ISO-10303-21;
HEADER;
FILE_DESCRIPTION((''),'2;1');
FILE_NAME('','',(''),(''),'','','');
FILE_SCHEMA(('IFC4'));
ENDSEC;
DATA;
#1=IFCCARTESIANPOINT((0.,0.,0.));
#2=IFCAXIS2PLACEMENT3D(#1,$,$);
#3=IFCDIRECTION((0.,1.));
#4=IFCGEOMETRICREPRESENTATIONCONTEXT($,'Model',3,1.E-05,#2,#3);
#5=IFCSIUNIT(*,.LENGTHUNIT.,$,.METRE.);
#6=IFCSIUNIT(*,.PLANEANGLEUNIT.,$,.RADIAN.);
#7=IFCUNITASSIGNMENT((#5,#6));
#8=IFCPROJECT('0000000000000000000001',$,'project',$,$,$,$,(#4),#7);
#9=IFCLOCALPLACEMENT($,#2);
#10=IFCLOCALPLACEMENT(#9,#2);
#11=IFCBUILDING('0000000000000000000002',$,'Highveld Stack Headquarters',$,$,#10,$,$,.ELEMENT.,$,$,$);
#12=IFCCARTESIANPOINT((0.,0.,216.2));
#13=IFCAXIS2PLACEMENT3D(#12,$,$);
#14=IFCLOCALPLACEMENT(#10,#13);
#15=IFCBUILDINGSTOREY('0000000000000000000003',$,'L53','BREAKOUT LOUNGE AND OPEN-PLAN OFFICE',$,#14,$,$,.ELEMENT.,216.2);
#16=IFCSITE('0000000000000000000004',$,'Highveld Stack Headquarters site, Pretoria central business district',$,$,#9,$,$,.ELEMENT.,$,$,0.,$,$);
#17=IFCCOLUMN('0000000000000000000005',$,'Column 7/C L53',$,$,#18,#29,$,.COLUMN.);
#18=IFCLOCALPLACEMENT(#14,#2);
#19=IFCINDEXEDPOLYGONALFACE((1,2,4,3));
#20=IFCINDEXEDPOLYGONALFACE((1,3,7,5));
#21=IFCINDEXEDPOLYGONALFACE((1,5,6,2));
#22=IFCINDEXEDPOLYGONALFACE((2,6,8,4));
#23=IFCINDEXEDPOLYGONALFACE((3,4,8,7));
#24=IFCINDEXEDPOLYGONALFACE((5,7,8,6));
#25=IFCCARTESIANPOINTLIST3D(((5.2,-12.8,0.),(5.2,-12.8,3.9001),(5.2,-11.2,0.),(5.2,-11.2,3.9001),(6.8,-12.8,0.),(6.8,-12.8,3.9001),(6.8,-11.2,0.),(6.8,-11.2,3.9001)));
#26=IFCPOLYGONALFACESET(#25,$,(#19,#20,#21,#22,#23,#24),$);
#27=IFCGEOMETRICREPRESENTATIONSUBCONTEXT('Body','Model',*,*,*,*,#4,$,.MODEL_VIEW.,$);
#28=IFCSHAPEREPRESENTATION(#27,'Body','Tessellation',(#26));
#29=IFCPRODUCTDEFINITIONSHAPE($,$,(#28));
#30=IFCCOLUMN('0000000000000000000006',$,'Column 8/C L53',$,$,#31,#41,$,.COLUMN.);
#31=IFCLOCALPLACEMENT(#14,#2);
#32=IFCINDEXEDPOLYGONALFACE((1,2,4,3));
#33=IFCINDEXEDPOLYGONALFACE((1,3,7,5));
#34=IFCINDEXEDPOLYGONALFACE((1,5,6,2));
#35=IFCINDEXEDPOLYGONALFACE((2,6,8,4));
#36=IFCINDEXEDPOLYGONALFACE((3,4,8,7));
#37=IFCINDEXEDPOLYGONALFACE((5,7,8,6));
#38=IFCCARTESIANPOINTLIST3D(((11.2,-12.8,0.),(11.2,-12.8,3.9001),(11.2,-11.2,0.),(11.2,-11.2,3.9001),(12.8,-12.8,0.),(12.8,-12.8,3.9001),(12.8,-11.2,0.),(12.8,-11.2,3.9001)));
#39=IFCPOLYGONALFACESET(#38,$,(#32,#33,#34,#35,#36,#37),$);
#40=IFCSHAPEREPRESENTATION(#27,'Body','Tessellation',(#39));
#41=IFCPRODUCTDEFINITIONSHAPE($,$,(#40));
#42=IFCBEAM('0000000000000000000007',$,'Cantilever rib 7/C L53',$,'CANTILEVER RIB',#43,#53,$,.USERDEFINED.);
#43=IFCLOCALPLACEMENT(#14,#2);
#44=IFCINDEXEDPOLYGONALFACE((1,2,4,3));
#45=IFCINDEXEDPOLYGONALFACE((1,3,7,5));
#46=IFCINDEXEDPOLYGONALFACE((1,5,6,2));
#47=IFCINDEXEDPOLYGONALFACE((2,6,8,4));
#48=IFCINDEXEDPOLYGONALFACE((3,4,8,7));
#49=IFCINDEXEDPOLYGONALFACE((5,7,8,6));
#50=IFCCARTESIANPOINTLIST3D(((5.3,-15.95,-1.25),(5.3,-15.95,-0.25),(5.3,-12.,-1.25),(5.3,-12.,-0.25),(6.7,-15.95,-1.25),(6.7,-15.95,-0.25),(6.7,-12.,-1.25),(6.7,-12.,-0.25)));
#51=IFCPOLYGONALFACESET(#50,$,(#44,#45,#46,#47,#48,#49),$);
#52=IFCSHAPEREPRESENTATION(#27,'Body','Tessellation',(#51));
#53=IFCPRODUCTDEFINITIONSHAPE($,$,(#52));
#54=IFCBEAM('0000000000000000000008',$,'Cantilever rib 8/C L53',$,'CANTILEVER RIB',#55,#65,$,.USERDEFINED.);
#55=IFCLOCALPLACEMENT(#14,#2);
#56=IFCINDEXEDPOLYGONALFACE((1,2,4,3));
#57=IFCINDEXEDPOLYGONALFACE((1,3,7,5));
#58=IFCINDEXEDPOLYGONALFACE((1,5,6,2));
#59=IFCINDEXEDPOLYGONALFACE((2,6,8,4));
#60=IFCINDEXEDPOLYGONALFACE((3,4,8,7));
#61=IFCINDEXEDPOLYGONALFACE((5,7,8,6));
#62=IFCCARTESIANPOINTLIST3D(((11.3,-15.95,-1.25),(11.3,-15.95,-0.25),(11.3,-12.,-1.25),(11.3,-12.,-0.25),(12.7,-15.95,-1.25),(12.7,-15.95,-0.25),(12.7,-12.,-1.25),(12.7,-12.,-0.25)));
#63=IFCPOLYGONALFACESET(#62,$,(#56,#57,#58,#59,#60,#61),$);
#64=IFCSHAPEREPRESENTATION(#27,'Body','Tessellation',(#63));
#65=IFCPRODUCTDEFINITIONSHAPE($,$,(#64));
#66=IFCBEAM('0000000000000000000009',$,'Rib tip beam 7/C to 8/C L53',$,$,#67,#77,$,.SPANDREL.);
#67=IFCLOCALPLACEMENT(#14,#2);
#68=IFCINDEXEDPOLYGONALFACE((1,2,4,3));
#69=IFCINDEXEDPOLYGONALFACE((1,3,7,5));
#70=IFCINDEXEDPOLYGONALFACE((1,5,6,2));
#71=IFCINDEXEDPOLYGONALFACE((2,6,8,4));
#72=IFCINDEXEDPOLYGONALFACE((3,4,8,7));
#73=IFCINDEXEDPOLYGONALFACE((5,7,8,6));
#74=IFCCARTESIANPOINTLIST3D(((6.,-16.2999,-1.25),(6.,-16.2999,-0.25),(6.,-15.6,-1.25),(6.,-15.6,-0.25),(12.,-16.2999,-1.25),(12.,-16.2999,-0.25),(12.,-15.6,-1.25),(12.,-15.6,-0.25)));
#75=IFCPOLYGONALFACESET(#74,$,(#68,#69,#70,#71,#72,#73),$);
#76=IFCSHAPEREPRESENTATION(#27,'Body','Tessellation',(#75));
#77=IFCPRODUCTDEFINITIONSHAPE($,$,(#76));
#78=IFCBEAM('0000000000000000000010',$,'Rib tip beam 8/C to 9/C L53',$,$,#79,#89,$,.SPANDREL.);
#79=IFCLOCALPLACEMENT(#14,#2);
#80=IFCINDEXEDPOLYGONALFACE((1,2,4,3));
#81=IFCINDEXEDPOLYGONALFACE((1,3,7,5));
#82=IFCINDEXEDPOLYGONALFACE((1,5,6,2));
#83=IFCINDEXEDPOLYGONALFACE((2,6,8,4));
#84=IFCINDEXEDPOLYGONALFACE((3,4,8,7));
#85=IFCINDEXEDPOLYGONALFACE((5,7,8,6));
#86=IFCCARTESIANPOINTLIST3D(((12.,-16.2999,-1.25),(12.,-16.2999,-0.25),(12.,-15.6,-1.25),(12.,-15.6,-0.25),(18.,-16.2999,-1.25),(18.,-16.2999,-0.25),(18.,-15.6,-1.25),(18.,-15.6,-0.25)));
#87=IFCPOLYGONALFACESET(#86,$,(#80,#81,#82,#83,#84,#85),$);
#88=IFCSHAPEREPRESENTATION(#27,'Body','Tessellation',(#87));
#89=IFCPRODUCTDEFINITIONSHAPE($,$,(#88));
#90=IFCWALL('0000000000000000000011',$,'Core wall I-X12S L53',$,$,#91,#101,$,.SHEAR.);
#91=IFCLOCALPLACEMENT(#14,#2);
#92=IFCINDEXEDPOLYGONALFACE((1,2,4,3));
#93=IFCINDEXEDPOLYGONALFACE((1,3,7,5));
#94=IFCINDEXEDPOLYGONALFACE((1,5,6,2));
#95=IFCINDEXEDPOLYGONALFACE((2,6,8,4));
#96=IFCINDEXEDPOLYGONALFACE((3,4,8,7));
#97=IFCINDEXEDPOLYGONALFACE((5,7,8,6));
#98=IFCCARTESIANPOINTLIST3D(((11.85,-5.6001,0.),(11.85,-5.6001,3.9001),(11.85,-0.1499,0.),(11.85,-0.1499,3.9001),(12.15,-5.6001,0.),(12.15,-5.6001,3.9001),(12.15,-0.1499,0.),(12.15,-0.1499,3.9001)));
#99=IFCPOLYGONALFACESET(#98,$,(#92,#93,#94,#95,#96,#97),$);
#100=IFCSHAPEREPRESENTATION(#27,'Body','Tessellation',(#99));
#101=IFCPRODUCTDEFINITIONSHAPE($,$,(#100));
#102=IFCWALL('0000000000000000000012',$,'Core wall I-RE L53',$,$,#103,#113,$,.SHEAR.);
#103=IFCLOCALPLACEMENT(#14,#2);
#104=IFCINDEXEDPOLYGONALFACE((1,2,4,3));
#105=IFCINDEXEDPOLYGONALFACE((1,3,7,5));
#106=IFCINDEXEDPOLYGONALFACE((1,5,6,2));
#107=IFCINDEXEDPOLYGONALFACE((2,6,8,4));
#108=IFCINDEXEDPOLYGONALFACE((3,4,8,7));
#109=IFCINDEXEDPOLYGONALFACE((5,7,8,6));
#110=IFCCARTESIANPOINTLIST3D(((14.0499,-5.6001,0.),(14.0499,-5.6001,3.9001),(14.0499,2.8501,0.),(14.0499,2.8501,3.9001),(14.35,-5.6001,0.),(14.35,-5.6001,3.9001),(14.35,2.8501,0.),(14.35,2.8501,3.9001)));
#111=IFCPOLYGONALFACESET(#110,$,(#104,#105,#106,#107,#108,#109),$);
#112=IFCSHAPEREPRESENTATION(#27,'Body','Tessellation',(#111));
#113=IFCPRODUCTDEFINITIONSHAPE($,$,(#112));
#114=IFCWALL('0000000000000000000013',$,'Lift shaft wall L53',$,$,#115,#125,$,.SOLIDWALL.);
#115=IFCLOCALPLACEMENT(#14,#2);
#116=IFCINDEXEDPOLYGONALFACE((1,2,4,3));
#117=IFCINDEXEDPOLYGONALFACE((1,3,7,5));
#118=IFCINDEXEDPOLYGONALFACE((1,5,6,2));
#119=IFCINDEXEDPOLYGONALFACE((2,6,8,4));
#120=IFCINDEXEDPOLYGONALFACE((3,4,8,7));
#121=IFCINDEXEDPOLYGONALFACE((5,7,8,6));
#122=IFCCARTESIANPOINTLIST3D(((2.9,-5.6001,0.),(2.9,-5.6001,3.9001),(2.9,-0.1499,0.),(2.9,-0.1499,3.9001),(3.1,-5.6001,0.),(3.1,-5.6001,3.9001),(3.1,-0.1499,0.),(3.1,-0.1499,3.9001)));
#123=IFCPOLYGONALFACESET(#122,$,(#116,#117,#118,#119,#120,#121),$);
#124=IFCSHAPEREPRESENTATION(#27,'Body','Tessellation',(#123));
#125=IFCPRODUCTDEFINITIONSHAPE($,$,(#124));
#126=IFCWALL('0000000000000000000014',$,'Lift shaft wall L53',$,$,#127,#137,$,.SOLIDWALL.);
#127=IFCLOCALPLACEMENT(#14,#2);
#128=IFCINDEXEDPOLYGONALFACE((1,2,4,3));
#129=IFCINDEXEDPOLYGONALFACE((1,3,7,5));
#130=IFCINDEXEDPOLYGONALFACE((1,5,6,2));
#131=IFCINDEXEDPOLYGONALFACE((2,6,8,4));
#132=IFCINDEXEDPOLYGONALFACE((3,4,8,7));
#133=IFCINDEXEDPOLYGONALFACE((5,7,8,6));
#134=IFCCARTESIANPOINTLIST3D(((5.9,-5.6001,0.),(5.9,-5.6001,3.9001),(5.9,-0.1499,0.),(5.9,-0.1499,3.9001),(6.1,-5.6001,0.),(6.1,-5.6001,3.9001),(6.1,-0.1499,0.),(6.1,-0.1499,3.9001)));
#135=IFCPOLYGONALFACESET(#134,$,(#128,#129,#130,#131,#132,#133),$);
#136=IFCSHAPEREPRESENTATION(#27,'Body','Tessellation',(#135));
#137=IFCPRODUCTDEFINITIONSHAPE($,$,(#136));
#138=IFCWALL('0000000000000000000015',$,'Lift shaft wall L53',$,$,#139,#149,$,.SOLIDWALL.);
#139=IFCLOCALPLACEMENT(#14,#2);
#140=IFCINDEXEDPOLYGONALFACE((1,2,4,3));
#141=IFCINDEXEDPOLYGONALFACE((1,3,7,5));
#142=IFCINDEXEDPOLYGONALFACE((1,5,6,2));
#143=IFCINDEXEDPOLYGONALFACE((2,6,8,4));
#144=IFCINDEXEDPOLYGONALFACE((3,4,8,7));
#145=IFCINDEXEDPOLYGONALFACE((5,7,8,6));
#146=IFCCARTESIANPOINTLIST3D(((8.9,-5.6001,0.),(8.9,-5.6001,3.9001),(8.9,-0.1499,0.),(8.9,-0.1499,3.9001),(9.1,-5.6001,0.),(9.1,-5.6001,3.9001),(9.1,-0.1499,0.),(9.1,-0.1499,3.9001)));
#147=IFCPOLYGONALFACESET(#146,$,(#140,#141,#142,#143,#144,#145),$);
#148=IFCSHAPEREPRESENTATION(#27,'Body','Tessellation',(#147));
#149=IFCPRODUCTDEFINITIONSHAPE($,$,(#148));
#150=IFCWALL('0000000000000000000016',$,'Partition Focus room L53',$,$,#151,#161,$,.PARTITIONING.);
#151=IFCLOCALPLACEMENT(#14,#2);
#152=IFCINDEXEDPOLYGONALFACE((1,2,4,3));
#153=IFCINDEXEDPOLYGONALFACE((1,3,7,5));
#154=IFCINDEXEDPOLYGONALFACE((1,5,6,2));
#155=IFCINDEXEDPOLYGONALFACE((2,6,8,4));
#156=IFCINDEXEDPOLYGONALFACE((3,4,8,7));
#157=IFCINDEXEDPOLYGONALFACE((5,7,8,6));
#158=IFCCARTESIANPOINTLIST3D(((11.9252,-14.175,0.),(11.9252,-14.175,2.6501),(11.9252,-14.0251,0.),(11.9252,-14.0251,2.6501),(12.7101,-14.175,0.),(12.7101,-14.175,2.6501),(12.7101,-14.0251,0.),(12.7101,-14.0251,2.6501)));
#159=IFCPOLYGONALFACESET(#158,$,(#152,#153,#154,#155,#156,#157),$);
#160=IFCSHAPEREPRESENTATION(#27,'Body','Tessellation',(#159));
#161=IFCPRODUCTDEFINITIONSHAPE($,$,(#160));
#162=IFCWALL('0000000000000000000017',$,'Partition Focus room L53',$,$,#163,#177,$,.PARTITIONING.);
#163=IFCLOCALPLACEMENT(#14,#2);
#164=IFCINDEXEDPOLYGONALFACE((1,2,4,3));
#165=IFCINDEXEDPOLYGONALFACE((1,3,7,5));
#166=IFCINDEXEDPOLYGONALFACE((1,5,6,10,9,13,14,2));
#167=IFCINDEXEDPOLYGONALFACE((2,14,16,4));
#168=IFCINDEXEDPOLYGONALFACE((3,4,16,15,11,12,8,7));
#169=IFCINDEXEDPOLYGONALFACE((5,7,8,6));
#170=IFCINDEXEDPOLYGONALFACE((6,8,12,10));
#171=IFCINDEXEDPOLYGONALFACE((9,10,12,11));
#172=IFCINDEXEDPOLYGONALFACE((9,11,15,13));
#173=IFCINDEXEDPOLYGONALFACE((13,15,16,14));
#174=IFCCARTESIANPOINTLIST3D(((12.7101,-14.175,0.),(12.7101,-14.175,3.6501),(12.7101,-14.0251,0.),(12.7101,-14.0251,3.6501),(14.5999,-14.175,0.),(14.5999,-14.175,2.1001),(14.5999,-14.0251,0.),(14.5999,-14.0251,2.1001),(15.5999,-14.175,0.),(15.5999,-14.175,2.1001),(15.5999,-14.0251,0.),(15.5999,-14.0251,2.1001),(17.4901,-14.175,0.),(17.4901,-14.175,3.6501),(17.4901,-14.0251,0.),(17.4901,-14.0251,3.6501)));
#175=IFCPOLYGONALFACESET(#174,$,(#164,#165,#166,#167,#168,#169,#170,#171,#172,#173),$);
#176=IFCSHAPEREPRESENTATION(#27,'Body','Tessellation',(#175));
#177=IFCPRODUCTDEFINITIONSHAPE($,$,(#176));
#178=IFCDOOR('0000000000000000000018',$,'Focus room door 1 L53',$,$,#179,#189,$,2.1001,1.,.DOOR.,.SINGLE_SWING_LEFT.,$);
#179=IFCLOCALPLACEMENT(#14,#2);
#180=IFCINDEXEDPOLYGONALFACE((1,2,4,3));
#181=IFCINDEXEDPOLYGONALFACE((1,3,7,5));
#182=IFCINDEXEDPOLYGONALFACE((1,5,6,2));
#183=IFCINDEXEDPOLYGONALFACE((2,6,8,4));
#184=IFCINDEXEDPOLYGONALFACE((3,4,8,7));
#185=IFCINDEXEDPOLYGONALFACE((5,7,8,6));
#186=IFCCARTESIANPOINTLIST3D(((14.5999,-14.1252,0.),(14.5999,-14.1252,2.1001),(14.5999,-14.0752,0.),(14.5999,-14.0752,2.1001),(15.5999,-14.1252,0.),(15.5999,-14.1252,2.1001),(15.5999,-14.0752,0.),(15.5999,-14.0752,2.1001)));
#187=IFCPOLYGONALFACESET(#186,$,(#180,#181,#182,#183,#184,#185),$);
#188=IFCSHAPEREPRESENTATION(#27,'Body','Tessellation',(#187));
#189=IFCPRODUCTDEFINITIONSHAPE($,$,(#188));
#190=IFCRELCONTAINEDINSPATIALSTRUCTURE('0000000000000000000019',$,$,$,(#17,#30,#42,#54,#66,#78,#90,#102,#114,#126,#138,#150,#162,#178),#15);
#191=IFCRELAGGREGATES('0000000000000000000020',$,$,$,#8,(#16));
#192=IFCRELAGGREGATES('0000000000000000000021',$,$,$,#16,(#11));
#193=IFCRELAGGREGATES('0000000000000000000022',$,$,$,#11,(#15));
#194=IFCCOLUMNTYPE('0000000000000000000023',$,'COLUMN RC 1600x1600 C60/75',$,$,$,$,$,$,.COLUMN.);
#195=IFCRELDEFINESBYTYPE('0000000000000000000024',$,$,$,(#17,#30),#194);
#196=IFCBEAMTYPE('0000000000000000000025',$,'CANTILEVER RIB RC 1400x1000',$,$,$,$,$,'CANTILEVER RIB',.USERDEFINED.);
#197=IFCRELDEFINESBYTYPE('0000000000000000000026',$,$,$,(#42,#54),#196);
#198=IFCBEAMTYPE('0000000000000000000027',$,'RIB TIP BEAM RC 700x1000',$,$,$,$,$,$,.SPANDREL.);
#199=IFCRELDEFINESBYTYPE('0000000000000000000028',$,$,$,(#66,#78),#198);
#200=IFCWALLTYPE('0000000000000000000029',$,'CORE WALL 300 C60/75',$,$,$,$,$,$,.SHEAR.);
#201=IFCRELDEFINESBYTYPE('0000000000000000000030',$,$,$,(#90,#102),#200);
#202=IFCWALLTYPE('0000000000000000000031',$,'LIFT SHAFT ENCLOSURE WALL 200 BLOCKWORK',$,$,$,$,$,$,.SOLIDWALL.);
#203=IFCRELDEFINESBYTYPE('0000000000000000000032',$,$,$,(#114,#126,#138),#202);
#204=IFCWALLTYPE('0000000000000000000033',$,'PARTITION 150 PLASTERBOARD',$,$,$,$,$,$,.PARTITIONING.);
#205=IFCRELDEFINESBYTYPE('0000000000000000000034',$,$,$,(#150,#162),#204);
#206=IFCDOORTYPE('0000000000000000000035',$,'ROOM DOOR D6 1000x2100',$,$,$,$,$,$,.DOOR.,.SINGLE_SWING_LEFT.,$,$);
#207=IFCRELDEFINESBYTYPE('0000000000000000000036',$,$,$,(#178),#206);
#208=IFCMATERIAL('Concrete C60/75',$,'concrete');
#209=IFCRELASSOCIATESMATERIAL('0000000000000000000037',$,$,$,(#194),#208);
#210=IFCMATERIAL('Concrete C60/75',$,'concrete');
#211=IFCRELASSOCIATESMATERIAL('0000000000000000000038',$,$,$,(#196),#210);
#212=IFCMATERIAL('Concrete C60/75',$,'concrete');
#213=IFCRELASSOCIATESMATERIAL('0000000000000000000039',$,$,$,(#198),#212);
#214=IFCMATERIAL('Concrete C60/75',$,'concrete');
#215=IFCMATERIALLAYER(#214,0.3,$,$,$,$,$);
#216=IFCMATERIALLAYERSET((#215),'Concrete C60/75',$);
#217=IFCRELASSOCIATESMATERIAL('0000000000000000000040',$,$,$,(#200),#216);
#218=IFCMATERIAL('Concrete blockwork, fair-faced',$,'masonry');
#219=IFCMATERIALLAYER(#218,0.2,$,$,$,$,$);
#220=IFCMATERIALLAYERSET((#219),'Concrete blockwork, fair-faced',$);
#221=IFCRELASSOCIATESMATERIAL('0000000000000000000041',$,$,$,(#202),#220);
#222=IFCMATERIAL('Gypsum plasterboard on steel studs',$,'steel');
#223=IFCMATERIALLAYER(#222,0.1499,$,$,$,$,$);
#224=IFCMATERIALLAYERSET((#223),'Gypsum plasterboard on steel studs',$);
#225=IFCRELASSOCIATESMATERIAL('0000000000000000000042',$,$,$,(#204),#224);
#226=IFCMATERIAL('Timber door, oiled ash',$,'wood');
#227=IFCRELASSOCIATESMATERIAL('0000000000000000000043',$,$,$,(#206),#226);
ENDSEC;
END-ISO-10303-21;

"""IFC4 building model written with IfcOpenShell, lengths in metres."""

from ifc_helpers import new_model, si_unit, direction, frame, frame_2d, origin, origin_2d, place, context, subcontext, project, spatial, rectangle, extrude, material, layer, layer_set, material_profile, profile_set, type_object, element, fill, save


model = new_model("IFC4")

# Units and contexts
model_context = context("Model", 3, precision=1e-05, world=origin(), true_north=direction((0.0, 1.0)))
body_context = subcontext(model_context, "Body", "Model", "MODEL_VIEW")
ifc_project = project(units=[si_unit("LENGTHUNIT", "METRE"), si_unit("PLANEANGLEUNIT", "RADIAN")], contexts=[model_context])

# Site, building, storey
site_placement = place(None, origin())
site = spatial("IfcSite", under=ifc_project, at=site_placement, Name="Highveld Stack Headquarters site, Pretoria central business district", CompositionType="ELEMENT", RefElevation=0.0)
building_placement = place(site_placement, origin())
building = spatial("IfcBuilding", under=site, at=building_placement, Name="Highveld Stack Headquarters", CompositionType="ELEMENT")
storey_placement = place(building_placement, frame((0.0, 0.0, 216.2)))
storey = spatial("IfcBuildingStorey", under=building, at=storey_placement, Name="L53", Description="BREAKOUT LOUNGE AND OPEN-PLAN OFFICE", CompositionType="ELEMENT", Elevation=216.2)

# Columns
ifc_material_1 = material(Name="Concrete C60/75", Category="concrete")
ifc_material_profile_1 = material_profile(ifc_material_1, rectangle(XDim=1.6001, YDim=1.6001, at=origin_2d()), Name="RC 1600x1600")
ifc_profile_set_1 = profile_set([ifc_material_profile_1], Name="Concrete C60/75")
column_type = type_object("IfcColumnType", Name="COLUMN RC 1600x1600 C60/75", PredefinedType="COLUMN", material=ifc_profile_set_1)
for number, where, z_axis, x_axis, name in (
    (1, (6.0, -12.0, 0.0), (0.0, 0.0, 1.0), (1.0, 0.0, 0.0), "Column 7/C L53"),
    (2, (12.0, -12.0, 0.0), (0.0, 0.0, 1.0), (1.0, 0.0, 0.0), "Column 8/C L53"),
):
    element("IfcColumn", number, at=place(storey_placement, frame(where, z_axis=z_axis, x_axis=x_axis)), inside=storey, type_object=column_type, Name=name, PredefinedType="COLUMN", context=body_context, shape_type="SweptSolid", body=[
        extrude(rectangle(XDim=1.6001, YDim=1.6001, at=origin_2d()), origin(), (0.0, 0.0, 1.0), 3.9001),
    ])

# Beams
ifc_material_2 = material(Name="Concrete C60/75", Category="concrete")
ifc_material_profile_2 = material_profile(ifc_material_2, rectangle(XDim=1.3999, YDim=1.0, at=origin_2d()), Name="RC 1400x1000")
ifc_profile_set_2 = profile_set([ifc_material_profile_2], Name="Concrete C60/75")
beam_type_1 = type_object("IfcBeamType", Name="CANTILEVER RIB RC 1400x1000", ElementType="CANTILEVER RIB", PredefinedType="USERDEFINED", material=ifc_profile_set_2)
for number, where, z_axis, x_axis, name in (
    (3, (6.0, -12.0, -0.75), (0.0, -1.0, 0.0), (1.0, 0.0, 0.0), "Cantilever rib 7/C L53"),
    (4, (12.0, -12.0, -0.75), (0.0, -1.0, 0.0), (1.0, 0.0, 0.0), "Cantilever rib 8/C L53"),
):
    element("IfcBeam", number, at=place(storey_placement, frame(where, z_axis=z_axis, x_axis=x_axis)), inside=storey, type_object=beam_type_1, Name=name, ObjectType="CANTILEVER RIB", PredefinedType="USERDEFINED", context=body_context, shape_type="SweptSolid", body=[
        extrude(rectangle(XDim=1.3999, YDim=1.0, at=origin_2d()), origin(), (0.0, 0.0, 1.0), 3.95),
    ])
ifc_material_3 = material(Name="Concrete C60/75", Category="concrete")
ifc_material_profile_3 = material_profile(ifc_material_3, rectangle(XDim=0.7, YDim=1.0, at=origin_2d()), Name="RC 700x1000")
ifc_profile_set_3 = profile_set([ifc_material_profile_3], Name="Concrete C60/75")
beam_type_2 = type_object("IfcBeamType", Name="RIB TIP BEAM RC 700x1000", PredefinedType="SPANDREL", material=ifc_profile_set_3)
for number, where, z_axis, x_axis, name in (
    (5, (6.0, -15.95, -0.75), (1.0, 0.0, 0.0), (0.0, 1.0, 0.0), "Rib tip beam 7/C to 8/C L53"),
    (6, (12.0, -15.95, -0.75), (1.0, 0.0, 0.0), (0.0, 1.0, 0.0), "Rib tip beam 8/C to 9/C L53"),
):
    element("IfcBeam", number, at=place(storey_placement, frame(where, z_axis=z_axis, x_axis=x_axis)), inside=storey, type_object=beam_type_2, Name=name, PredefinedType="SPANDREL", context=body_context, shape_type="SweptSolid", body=[
        extrude(rectangle(XDim=0.7, YDim=1.0, at=origin_2d()), origin(), (0.0, 0.0, 1.0), 6.0),
    ])

# Walls
ifc_material_4 = material(Name="Concrete C60/75", Category="concrete")
ifc_layer_1 = layer(ifc_material_4, 0.3)
ifc_layer_set_1 = layer_set([ifc_layer_1], Name="Concrete C60/75")
wall_type_1 = type_object("IfcWallType", Name="CORE WALL 300 C60/75", PredefinedType="SHEAR", material=ifc_layer_set_1)
wall_1_placement = place(storey_placement, frame((12.0, -5.6001, 0.0), z_axis=(0.0, 0.0, 1.0), x_axis=(0.0, 1.0, 0.0)))
element("IfcWall", 7, at=wall_1_placement, inside=storey, type_object=wall_type_1, Name="Core wall I-X12S L53", PredefinedType="SHEAR", context=body_context, shape_type="SweptSolid", body=[
    extrude(rectangle(XDim=5.4502, YDim=0.3, at=frame_2d((2.7251, 0.0))), origin(), (0.0, 0.0, 1.0), 3.9001),
])
wall_2_placement = place(storey_placement, frame((14.2, -5.6001, 0.0), z_axis=(0.0, 0.0, 1.0), x_axis=(0.0, 1.0, 0.0)))
element("IfcWall", 8, at=wall_2_placement, inside=storey, type_object=wall_type_1, Name="Core wall I-RE L53", PredefinedType="SHEAR", context=body_context, shape_type="SweptSolid", body=[
    extrude(rectangle(XDim=8.4502, YDim=0.3, at=frame_2d((4.2251, 0.0))), origin(), (0.0, 0.0, 1.0), 3.9001),
])
ifc_material_5 = material(Name="Concrete blockwork, fair-faced", Category="masonry")
ifc_layer_2 = layer(ifc_material_5, 0.2)
ifc_layer_set_2 = layer_set([ifc_layer_2], Name="Concrete blockwork, fair-faced")
wall_type_2 = type_object("IfcWallType", Name="LIFT SHAFT ENCLOSURE WALL 200 BLOCKWORK", PredefinedType="SOLIDWALL", material=ifc_layer_set_2)
for number, where, z_axis, x_axis, name in (
    (9, (3.0, -5.6001, 0.0), (0.0, 0.0, 1.0), (0.0, 1.0, 0.0), "Lift shaft wall L53"),
    (10, (6.0, -5.6001, 0.0), (0.0, 0.0, 1.0), (0.0, 1.0, 0.0), "Lift shaft wall L53"),
    (11, (9.0, -5.6001, 0.0), (0.0, 0.0, 1.0), (0.0, 1.0, 0.0), "Lift shaft wall L53"),
):
    element("IfcWall", number, at=place(storey_placement, frame(where, z_axis=z_axis, x_axis=x_axis)), inside=storey, type_object=wall_type_2, Name=name, PredefinedType="SOLIDWALL", context=body_context, shape_type="SweptSolid", body=[
        extrude(rectangle(XDim=5.4502, YDim=0.2, at=frame_2d((2.7251, 0.0))), origin(), (0.0, 0.0, 1.0), 3.9001),
    ])
ifc_material_6 = material(Name="Gypsum plasterboard on steel studs", Category="steel")
ifc_layer_3 = layer(ifc_material_6, 0.1499)
ifc_layer_set_3 = layer_set([ifc_layer_3], Name="Gypsum plasterboard on steel studs")
wall_type_3 = type_object("IfcWallType", Name="PARTITION 150 PLASTERBOARD", PredefinedType="PARTITIONING", material=ifc_layer_set_3)
wall_3_placement = place(storey_placement, frame((11.925, -14.1001, 0.0), z_axis=(0.0, 0.0, 1.0), x_axis=(1.0, 0.0, 0.0)))
element("IfcWall", 12, at=wall_3_placement, inside=storey, type_object=wall_type_3, Name="Partition Focus room L53", PredefinedType="PARTITIONING", context=body_context, shape_type="SweptSolid", body=[
    extrude(rectangle(XDim=0.7849, YDim=0.1499, at=frame_2d((0.3926, 0.0))), origin(), (0.0, 0.0, 1.0), 2.6501),
])

# Wall, opening, door
wall_4_placement = place(storey_placement, frame((12.71, -14.1001, 0.0), z_axis=(0.0, 0.0, 1.0), x_axis=(1.0, 0.0, 0.0)))
wall_4 = element("IfcWall", 13, at=wall_4_placement, inside=storey, type_object=wall_type_3, Name="Partition Focus room L53", PredefinedType="PARTITIONING", context=body_context, shape_type="SweptSolid", body=[
    extrude(rectangle(XDim=4.78, YDim=0.1499, at=frame_2d((2.3901, 0.0))), origin(), (0.0, 0.0, 1.0), 3.6501),
])
opening_1_placement = place(wall_4_placement, frame((1.8899, 0.0, 0.0)))
opening_1 = element("IfcOpeningElement", 14, at=opening_1_placement, cuts=wall_4, PredefinedType="OPENING", context=body_context, shape_type="SweptSolid", body=[
    extrude(rectangle(XDim=1.0, YDim=2.1001, at=frame_2d((0.5, 1.05))), frame((0.0, 0.085, 0.0), z_axis=(0.0, -1.0, 0.0), x_axis=(1.0, 0.0, 0.0)), (0.0, 0.0, 1.0), 0.1699),
])
ifc_material_7 = material(Name="Timber door, oiled ash", Category="wood")
door_type = type_object("IfcDoorType", Name="ROOM DOOR D6 1000x2100", OperationType="SINGLE_SWING_LEFT", PredefinedType="DOOR", material=ifc_material_7)
door_1_placement = place(opening_1_placement, origin())
door_1 = element("IfcDoor", 15, at=door_1_placement, inside=storey, type_object=door_type, Name="Focus room door 1 L53", OperationType="SINGLE_SWING_LEFT", OverallHeight=2.1001, OverallWidth=1.0, PredefinedType="DOOR", context=body_context, shape_type="SweptSolid", body=[
    extrude(rectangle(XDim=1.0, YDim=2.1001, at=frame_2d((0.5, 1.05))), frame((0.0, 0.0249, 0.0), z_axis=(0.0, -1.0, 0.0), x_axis=(1.0, 0.0, 0.0)), (0.0, 0.0, 1.0), 0.05),
])
fill(opening_1, door_1)

save(model, "model.ifc")
